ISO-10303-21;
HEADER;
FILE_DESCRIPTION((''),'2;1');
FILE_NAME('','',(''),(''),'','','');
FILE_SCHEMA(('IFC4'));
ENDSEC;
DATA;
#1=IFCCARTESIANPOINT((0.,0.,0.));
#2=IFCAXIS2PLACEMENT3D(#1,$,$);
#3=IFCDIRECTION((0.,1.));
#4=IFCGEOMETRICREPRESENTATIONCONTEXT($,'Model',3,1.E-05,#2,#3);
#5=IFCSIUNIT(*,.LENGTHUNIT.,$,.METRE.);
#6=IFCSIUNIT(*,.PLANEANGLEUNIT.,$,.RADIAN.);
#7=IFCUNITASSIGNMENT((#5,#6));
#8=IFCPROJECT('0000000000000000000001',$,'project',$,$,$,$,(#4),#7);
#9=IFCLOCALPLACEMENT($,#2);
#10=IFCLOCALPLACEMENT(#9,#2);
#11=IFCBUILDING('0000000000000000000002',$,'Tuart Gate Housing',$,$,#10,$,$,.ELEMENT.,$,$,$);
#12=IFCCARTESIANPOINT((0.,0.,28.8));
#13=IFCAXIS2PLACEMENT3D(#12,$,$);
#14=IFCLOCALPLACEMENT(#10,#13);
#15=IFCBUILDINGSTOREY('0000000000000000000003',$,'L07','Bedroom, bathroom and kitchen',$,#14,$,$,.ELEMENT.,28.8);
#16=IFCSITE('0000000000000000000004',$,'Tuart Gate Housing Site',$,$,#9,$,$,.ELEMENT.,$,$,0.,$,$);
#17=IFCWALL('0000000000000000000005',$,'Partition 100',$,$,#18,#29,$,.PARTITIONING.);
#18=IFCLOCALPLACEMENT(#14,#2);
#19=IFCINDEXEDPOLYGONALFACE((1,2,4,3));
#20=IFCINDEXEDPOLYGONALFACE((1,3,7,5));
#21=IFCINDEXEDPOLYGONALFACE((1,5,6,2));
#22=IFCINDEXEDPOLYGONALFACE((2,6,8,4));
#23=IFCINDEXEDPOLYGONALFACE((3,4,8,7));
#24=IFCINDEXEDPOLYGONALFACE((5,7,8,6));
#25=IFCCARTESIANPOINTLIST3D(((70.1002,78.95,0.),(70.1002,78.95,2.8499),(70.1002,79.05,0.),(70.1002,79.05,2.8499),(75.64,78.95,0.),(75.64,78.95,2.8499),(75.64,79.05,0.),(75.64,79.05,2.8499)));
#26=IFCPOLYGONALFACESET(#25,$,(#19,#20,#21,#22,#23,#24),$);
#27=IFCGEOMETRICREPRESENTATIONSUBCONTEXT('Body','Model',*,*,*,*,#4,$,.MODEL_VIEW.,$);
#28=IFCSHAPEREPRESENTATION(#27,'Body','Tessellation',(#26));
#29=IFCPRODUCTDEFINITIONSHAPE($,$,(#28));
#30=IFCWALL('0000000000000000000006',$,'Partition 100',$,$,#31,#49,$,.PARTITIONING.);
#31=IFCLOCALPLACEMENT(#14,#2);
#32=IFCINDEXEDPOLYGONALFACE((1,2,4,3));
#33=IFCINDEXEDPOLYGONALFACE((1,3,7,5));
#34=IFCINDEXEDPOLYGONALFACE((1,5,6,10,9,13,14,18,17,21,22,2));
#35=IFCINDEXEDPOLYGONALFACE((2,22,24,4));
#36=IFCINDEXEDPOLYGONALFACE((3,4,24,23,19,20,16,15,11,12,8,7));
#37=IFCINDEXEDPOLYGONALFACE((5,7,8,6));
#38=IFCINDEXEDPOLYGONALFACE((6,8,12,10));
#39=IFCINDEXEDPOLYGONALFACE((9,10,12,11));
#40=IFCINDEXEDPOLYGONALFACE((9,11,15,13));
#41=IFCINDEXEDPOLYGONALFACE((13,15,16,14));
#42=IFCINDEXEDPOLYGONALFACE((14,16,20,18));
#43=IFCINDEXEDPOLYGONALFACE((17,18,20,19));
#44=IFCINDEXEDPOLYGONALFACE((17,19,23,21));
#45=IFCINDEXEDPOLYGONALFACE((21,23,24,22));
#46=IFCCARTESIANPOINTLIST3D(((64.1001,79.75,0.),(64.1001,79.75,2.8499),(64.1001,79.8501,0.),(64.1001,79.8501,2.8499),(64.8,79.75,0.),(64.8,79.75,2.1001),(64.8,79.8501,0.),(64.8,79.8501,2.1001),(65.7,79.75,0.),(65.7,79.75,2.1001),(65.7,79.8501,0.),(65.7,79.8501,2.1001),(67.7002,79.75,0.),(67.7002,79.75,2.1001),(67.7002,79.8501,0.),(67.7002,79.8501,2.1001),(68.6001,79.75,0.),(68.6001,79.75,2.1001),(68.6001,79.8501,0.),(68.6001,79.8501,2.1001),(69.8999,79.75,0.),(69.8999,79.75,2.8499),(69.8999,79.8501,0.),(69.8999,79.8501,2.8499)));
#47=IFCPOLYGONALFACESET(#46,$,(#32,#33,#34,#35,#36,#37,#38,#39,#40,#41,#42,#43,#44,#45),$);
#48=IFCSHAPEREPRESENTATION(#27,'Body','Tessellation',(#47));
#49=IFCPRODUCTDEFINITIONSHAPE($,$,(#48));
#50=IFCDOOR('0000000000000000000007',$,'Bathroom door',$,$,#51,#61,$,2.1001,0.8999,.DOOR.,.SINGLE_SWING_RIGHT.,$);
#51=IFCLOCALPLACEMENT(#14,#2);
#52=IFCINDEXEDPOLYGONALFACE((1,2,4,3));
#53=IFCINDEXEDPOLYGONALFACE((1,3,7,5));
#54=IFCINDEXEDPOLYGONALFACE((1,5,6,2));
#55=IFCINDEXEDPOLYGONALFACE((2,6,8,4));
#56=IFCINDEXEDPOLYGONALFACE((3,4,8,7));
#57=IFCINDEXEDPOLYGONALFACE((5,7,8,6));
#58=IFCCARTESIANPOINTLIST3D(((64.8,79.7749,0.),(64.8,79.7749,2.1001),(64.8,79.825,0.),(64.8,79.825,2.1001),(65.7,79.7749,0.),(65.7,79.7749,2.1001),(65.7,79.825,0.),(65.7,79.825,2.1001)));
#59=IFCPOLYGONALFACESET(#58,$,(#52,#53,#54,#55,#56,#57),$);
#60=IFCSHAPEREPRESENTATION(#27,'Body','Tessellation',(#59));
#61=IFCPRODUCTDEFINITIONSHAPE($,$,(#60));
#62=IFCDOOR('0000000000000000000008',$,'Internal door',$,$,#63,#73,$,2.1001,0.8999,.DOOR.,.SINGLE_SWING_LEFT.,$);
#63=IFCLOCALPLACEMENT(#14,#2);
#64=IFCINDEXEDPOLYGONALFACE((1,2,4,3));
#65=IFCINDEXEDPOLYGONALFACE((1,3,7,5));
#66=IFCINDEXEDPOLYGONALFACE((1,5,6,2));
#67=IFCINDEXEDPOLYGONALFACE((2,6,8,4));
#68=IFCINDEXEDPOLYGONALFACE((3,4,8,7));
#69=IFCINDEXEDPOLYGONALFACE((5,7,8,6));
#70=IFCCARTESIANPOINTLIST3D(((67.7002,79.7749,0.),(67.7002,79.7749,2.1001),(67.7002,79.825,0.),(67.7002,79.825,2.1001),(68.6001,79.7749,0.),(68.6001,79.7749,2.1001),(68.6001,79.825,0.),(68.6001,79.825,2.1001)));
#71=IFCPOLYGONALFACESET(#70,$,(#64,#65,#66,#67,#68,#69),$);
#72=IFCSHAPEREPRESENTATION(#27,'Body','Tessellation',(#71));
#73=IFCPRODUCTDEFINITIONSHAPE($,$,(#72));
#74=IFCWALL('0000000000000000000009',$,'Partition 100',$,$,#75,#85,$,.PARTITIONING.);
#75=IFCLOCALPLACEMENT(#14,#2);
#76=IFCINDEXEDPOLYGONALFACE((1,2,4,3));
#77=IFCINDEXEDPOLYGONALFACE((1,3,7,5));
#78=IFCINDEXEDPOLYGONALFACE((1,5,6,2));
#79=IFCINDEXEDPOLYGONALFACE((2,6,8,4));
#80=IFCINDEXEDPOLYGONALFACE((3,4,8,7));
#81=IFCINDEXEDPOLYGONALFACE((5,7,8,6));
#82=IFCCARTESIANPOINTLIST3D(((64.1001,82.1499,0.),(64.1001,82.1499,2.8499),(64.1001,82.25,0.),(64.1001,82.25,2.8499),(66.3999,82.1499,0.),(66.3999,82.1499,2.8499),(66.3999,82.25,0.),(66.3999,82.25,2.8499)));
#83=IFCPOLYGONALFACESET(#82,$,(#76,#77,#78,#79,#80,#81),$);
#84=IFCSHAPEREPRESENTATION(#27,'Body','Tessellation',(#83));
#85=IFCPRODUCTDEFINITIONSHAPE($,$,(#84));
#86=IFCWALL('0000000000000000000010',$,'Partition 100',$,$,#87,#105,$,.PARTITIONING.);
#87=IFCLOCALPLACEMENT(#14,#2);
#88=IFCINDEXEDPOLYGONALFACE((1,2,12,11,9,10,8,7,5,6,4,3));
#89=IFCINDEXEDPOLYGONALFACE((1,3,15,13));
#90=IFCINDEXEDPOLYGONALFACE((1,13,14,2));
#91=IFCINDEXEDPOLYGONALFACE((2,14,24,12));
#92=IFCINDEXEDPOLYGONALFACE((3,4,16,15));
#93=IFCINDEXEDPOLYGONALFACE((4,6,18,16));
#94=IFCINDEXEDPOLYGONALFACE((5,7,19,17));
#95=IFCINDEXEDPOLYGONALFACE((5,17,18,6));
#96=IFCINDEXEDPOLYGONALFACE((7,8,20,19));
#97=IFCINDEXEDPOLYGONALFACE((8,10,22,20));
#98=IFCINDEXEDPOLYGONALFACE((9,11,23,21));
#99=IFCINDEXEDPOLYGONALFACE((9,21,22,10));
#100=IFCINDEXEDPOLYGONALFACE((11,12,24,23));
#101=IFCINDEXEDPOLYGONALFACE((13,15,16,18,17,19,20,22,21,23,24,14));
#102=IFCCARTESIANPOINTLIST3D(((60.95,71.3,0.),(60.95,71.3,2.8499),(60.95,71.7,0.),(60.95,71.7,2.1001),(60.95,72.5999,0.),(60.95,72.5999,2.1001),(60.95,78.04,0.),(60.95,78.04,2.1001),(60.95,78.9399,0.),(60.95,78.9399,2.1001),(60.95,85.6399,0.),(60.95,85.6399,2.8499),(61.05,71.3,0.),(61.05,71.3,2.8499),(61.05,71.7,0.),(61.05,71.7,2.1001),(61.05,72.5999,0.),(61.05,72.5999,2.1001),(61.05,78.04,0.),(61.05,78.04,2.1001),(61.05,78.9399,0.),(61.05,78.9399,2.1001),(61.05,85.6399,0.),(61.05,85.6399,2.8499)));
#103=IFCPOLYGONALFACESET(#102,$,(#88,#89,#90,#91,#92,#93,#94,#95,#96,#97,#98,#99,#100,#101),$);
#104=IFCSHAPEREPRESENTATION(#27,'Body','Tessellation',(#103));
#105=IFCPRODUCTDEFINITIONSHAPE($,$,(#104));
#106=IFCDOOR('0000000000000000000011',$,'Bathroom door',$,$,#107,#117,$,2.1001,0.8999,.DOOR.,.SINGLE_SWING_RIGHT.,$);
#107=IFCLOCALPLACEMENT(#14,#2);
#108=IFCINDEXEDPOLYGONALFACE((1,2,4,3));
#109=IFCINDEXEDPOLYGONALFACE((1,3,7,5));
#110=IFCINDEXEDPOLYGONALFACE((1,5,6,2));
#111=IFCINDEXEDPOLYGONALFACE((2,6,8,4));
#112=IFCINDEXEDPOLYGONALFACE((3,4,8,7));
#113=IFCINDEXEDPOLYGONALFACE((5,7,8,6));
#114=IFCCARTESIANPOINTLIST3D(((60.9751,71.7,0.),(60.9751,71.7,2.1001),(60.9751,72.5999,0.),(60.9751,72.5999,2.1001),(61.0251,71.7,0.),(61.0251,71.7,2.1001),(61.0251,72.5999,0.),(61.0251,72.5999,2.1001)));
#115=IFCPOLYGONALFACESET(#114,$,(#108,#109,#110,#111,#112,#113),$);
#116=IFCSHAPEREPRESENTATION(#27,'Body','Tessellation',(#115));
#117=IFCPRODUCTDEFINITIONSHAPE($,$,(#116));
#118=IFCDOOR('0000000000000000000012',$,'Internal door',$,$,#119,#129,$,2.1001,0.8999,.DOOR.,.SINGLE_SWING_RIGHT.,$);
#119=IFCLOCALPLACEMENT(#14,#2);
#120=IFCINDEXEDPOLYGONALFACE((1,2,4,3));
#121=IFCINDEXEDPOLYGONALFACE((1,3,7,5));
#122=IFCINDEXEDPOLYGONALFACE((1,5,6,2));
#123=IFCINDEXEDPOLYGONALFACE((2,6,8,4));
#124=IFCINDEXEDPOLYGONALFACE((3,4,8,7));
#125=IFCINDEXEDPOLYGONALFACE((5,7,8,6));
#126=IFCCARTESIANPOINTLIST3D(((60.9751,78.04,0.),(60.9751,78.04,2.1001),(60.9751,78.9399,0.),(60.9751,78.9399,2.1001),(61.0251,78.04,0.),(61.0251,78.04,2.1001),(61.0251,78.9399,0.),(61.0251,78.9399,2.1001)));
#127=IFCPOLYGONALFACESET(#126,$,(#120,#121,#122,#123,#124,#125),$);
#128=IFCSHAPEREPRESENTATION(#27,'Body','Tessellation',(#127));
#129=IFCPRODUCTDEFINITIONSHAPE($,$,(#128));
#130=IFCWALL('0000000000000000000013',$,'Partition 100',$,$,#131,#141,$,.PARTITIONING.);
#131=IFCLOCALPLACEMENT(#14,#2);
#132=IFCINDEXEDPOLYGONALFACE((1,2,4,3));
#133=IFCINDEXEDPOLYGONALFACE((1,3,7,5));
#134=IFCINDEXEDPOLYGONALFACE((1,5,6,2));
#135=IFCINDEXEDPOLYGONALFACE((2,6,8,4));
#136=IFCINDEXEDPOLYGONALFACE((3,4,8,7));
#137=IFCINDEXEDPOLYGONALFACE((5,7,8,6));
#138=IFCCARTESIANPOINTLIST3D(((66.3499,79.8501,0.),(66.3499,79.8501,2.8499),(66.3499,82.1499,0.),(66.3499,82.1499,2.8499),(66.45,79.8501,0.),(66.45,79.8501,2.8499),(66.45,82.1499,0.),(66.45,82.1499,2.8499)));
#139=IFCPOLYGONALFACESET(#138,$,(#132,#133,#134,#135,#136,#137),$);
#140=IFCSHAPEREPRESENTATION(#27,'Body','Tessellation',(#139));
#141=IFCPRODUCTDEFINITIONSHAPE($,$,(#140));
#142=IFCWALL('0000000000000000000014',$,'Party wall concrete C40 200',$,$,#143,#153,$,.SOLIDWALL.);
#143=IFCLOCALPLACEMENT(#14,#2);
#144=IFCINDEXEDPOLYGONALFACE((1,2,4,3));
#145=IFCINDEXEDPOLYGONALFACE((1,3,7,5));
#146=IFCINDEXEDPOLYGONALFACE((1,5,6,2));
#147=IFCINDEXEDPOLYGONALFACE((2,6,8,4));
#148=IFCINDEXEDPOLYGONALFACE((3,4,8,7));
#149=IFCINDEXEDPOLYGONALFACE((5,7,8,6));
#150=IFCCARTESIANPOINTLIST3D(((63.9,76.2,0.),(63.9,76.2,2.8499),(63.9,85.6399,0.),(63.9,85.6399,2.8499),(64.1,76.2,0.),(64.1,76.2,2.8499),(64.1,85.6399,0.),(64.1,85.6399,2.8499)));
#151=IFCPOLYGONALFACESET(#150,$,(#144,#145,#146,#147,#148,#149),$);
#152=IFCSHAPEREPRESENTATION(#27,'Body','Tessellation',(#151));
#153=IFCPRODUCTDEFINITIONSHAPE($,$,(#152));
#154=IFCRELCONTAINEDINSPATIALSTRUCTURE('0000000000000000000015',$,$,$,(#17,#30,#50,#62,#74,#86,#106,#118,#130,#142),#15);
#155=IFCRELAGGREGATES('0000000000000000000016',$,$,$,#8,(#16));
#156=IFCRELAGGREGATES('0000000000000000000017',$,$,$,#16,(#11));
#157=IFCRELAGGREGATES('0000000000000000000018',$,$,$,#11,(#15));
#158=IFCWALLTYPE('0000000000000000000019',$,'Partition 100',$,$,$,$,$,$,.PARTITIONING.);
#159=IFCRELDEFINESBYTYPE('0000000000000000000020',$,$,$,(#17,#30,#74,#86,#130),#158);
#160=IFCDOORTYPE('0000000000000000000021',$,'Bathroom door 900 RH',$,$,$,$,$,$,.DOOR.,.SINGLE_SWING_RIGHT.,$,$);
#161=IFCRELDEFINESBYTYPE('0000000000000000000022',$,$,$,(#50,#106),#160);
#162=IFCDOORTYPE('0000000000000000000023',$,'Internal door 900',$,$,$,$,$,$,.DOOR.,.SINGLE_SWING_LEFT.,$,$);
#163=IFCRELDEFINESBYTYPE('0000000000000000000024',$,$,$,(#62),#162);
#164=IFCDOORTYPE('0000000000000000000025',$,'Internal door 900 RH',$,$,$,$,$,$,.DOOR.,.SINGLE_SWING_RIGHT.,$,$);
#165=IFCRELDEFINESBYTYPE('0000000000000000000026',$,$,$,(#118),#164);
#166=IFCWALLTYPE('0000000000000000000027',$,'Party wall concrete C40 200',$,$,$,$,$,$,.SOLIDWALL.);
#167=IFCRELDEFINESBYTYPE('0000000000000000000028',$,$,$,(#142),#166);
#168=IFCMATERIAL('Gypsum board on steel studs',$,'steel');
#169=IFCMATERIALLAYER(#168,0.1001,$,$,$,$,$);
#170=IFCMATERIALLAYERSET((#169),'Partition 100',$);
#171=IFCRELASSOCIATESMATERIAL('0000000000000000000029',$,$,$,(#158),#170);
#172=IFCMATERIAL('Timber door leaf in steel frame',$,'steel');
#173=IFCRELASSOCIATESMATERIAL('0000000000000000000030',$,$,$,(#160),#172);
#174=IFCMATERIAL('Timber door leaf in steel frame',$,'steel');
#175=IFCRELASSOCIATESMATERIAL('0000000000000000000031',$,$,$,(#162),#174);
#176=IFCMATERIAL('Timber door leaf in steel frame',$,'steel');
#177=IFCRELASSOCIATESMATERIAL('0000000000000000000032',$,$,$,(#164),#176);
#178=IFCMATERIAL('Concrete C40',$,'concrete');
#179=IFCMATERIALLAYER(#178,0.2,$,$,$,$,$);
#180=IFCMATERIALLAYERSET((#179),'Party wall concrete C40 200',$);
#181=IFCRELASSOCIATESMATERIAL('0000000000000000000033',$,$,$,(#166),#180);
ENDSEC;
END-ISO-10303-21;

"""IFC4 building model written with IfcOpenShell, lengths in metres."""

from ifc_helpers import new_model, si_unit, direction, frame, frame_2d, origin, place, context, subcontext, project, spatial, rectangle, extrude, material, layer, layer_set, type_object, element, fill, save


model = new_model("IFC4")

# Units and contexts
model_context = context("Model", 3, precision=1e-05, world=origin(), true_north=direction((0.0, 1.0)))
body_context = subcontext(model_context, "Body", "Model", "MODEL_VIEW")
ifc_project = project(units=[si_unit("LENGTHUNIT", "METRE"), si_unit("PLANEANGLEUNIT", "RADIAN")], contexts=[model_context])

# Site, building, storey
site_placement = place(None, origin())
site = spatial("IfcSite", under=ifc_project, at=site_placement, Name="Tuart Gate Housing Site", CompositionType="ELEMENT", RefElevation=0.0)
building_placement = place(site_placement, origin())
building = spatial("IfcBuilding", under=site, at=building_placement, Name="Tuart Gate Housing", CompositionType="ELEMENT")
storey_placement = place(building_placement, frame((0.0, 0.0, 28.8)))
storey = spatial("IfcBuildingStorey", under=building, at=storey_placement, Name="L07", Description="Bedroom, bathroom and kitchen", CompositionType="ELEMENT", Elevation=28.8)

# Wall
ifc_material_1 = material(Name="Gypsum board on steel studs", Category="steel")
ifc_layer_1 = layer(ifc_material_1, 0.1001)
ifc_layer_set_1 = layer_set([ifc_layer_1], Name="Partition 100")
wall_type_1 = type_object("IfcWallType", Name="Partition 100", PredefinedType="PARTITIONING", material=ifc_layer_set_1)
wall_1_placement = place(storey_placement, frame((70.1001, 79.0, 0.0), z_axis=(0.0, 0.0, 1.0), x_axis=(1.0, 0.0, 0.0)))
element("IfcWall", 1, at=wall_1_placement, inside=storey, type_object=wall_type_1, Name="Partition 100", PredefinedType="PARTITIONING", context=body_context, shape_type="SweptSolid", body=[
    extrude(rectangle(XDim=5.5398, YDim=0.1001, at=frame_2d((2.77, 0.0))), origin(), (0.0, 0.0, 1.0), 2.8499),
])

# Wall, openings, doors
wall_2_placement = place(storey_placement, frame((64.1001, 79.8, 0.0), z_axis=(0.0, 0.0, 1.0), x_axis=(1.0, 0.0, 0.0)))
wall_2 = element("IfcWall", 2, at=wall_2_placement, inside=storey, type_object=wall_type_1, Name="Partition 100", PredefinedType="PARTITIONING", context=body_context, shape_type="SweptSolid", body=[
    extrude(rectangle(XDim=5.7998, YDim=0.1001, at=frame_2d((2.8999, 0.0))), origin(), (0.0, 0.0, 1.0), 2.8499),
])
opening_1_placement = place(wall_2_placement, frame((3.6001, 0.0, 0.0)))
opening_1 = element("IfcOpeningElement", 3, at=opening_1_placement, cuts=wall_2, PredefinedType="OPENING", context=body_context, shape_type="SweptSolid", body=[
    extrude(rectangle(XDim=0.8999, YDim=2.1001, at=frame_2d((0.45, 1.05))), frame((0.0, 0.0601, 0.0), z_axis=(0.0, -1.0, 0.0), x_axis=(1.0, 0.0, 0.0)), (0.0, 0.0, 1.0), 0.1201),
])
opening_2_placement = place(wall_2_placement, frame((0.7, 0.0, 0.0)))
opening_2 = element("IfcOpeningElement", 4, at=opening_2_placement, cuts=wall_2, PredefinedType="OPENING", context=body_context, shape_type="SweptSolid", body=[
    extrude(rectangle(XDim=0.8999, YDim=2.1001, at=frame_2d((0.45, 1.05))), frame((0.0, 0.0601, 0.0), z_axis=(0.0, -1.0, 0.0), x_axis=(1.0, 0.0, 0.0)), (0.0, 0.0, 1.0), 0.1201),
])
ifc_material_2 = material(Name="Timber door leaf in steel frame", Category="steel")
door_type_1 = type_object("IfcDoorType", Name="Bathroom door 900 RH", OperationType="SINGLE_SWING_RIGHT", PredefinedType="DOOR", material=ifc_material_2)
door_1_placement = place(opening_2_placement, origin())
door_1 = element("IfcDoor", 5, at=door_1_placement, inside=storey, type_object=door_type_1, Name="Bathroom door", OperationType="SINGLE_SWING_RIGHT", OverallHeight=2.1001, OverallWidth=0.8999, PredefinedType="DOOR", context=body_context, shape_type="SweptSolid", body=[
    extrude(rectangle(XDim=0.8999, YDim=2.1001, at=frame_2d((0.45, 1.05))), frame((0.0, 0.0249, 0.0), z_axis=(0.0, -1.0, 0.0), x_axis=(1.0, 0.0, 0.0)), (0.0, 0.0, 1.0), 0.05),
])
fill(opening_2, door_1)
ifc_material_3 = material(Name="Timber door leaf in steel frame", Category="steel")
door_type_2 = type_object("IfcDoorType", Name="Internal door 900", OperationType="SINGLE_SWING_LEFT", PredefinedType="DOOR", material=ifc_material_3)
door_2_placement = place(opening_1_placement, frame((0.8999, 0.0, 0.0), z_axis=(0.0, 0.0, 1.0), x_axis=(-1.0, 0.0, 0.0)))
door_2 = element("IfcDoor", 6, at=door_2_placement, inside=storey, type_object=door_type_2, Name="Internal door", OperationType="SINGLE_SWING_LEFT", OverallHeight=2.1001, OverallWidth=0.8999, PredefinedType="DOOR", context=body_context, shape_type="SweptSolid", body=[
    extrude(rectangle(XDim=0.8999, YDim=2.1001, at=frame_2d((0.45, 1.05))), frame((0.0, 0.0251, 0.0), z_axis=(0.0, -1.0, 0.0), x_axis=(1.0, 0.0, 0.0)), (0.0, 0.0, 1.0), 0.05),
])
fill(opening_1, door_2)

# Wall
wall_3_placement = place(storey_placement, frame((64.1001, 82.2, 0.0), z_axis=(0.0, 0.0, 1.0), x_axis=(1.0, 0.0, 0.0)))
element("IfcWall", 7, at=wall_3_placement, inside=storey, type_object=wall_type_1, Name="Partition 100", PredefinedType="PARTITIONING", context=body_context, shape_type="SweptSolid", body=[
    extrude(rectangle(XDim=2.2998, YDim=0.1001, at=frame_2d((1.1499, 0.0))), origin(), (0.0, 0.0, 1.0), 2.8499),
])

# Wall, openings, doors
wall_4_placement = place(storey_placement, frame((61.0, 71.3, 0.0), z_axis=(0.0, 0.0, 1.0), x_axis=(0.0, 1.0, 0.0)))
wall_4 = element("IfcWall", 8, at=wall_4_placement, inside=storey, type_object=wall_type_1, Name="Partition 100", PredefinedType="PARTITIONING", context=body_context, shape_type="SweptSolid", body=[
    extrude(rectangle(XDim=14.3398, YDim=0.1001, at=frame_2d((7.1699, 0.0))), origin(), (0.0, 0.0, 1.0), 2.8499),
])
opening_3_placement = place(wall_4_placement, frame((6.74, 0.0, 0.0)))
opening_3 = element("IfcOpeningElement", 9, at=opening_3_placement, cuts=wall_4, PredefinedType="OPENING", context=body_context, shape_type="SweptSolid", body=[
    extrude(rectangle(XDim=0.8999, YDim=2.1001, at=frame_2d((0.45, 1.05))), frame((0.0, 0.0601, 0.0), z_axis=(0.0, -1.0, 0.0), x_axis=(1.0, 0.0, 0.0)), (0.0, 0.0, 1.0), 0.1201),
])
opening_4_placement = place(wall_4_placement, frame((0.3999, 0.0, 0.0)))
opening_4 = element("IfcOpeningElement", 10, at=opening_4_placement, cuts=wall_4, PredefinedType="OPENING", context=body_context, shape_type="SweptSolid", body=[
    extrude(rectangle(XDim=0.8999, YDim=2.1001, at=frame_2d((0.45, 1.05))), frame((0.0, 0.0601, 0.0), z_axis=(0.0, -1.0, 0.0), x_axis=(1.0, 0.0, 0.0)), (0.0, 0.0, 1.0), 0.1201),
])
door_3_placement = place(opening_4_placement, frame((0.8999, 0.0, 0.0), z_axis=(0.0, 0.0, 1.0), x_axis=(-1.0, 0.0, 0.0)))
door_3 = element("IfcDoor", 11, at=door_3_placement, inside=storey, type_object=door_type_1, Name="Bathroom door", OperationType="SINGLE_SWING_RIGHT", OverallHeight=2.1001, OverallWidth=0.8999, PredefinedType="DOOR", context=body_context, shape_type="SweptSolid", body=[
    extrude(rectangle(XDim=0.8999, YDim=2.1001, at=frame_2d((0.45, 1.05))), frame((0.0, 0.0251, 0.0), z_axis=(0.0, -1.0, 0.0), x_axis=(1.0, 0.0, 0.0)), (0.0, 0.0, 1.0), 0.05),
])
fill(opening_4, door_3)
ifc_material_4 = material(Name="Timber door leaf in steel frame", Category="steel")
door_type_3 = type_object("IfcDoorType", Name="Internal door 900 RH", OperationType="SINGLE_SWING_RIGHT", PredefinedType="DOOR", material=ifc_material_4)
door_4_placement = place(opening_3_placement, frame((0.8999, 0.0, 0.0), z_axis=(0.0, 0.0, 1.0), x_axis=(-1.0, 0.0, 0.0)))
door_4 = element("IfcDoor", 12, at=door_4_placement, inside=storey, type_object=door_type_3, Name="Internal door", OperationType="SINGLE_SWING_RIGHT", OverallHeight=2.1001, OverallWidth=0.8999, PredefinedType="DOOR", context=body_context, shape_type="SweptSolid", body=[
    extrude(rectangle(XDim=0.8999, YDim=2.1001, at=frame_2d((0.45, 1.05))), frame((0.0, 0.0251, 0.0), z_axis=(0.0, -1.0, 0.0), x_axis=(1.0, 0.0, 0.0)), (0.0, 0.0, 1.0), 0.05),
])
fill(opening_3, door_4)

# Walls
wall_5_placement = place(storey_placement, frame((66.3999, 79.8501, 0.0), z_axis=(0.0, 0.0, 1.0), x_axis=(0.0, 1.0, 0.0)))
element("IfcWall", 13, at=wall_5_placement, inside=storey, type_object=wall_type_1, Name="Partition 100", PredefinedType="PARTITIONING", context=body_context, shape_type="SweptSolid", body=[
    extrude(rectangle(XDim=2.2998, YDim=0.1001, at=frame_2d((1.1499, 0.0))), origin(), (0.0, 0.0, 1.0), 2.8499),
])
ifc_material_5 = material(Name="Concrete C40", Category="concrete")
ifc_layer_2 = layer(ifc_material_5, 0.2)
ifc_layer_set_2 = layer_set([ifc_layer_2], Name="Party wall concrete C40 200")
wall_type_2 = type_object("IfcWallType", Name="Party wall concrete C40 200", PredefinedType="SOLIDWALL", material=ifc_layer_set_2)
wall_6_placement = place(storey_placement, frame((64.0, 76.2, 0.0), z_axis=(0.0, 0.0, 1.0), x_axis=(0.0, 1.0, 0.0)))
element("IfcWall", 14, at=wall_6_placement, inside=storey, type_object=wall_type_2, Name="Party wall concrete C40 200", PredefinedType="SOLIDWALL", context=body_context, shape_type="SweptSolid", body=[
    extrude(rectangle(XDim=9.4399, YDim=0.2, at=frame_2d((4.72, 0.0))), origin(), (0.0, 0.0, 1.0), 2.8499),
])

save(model, "model.ifc")
